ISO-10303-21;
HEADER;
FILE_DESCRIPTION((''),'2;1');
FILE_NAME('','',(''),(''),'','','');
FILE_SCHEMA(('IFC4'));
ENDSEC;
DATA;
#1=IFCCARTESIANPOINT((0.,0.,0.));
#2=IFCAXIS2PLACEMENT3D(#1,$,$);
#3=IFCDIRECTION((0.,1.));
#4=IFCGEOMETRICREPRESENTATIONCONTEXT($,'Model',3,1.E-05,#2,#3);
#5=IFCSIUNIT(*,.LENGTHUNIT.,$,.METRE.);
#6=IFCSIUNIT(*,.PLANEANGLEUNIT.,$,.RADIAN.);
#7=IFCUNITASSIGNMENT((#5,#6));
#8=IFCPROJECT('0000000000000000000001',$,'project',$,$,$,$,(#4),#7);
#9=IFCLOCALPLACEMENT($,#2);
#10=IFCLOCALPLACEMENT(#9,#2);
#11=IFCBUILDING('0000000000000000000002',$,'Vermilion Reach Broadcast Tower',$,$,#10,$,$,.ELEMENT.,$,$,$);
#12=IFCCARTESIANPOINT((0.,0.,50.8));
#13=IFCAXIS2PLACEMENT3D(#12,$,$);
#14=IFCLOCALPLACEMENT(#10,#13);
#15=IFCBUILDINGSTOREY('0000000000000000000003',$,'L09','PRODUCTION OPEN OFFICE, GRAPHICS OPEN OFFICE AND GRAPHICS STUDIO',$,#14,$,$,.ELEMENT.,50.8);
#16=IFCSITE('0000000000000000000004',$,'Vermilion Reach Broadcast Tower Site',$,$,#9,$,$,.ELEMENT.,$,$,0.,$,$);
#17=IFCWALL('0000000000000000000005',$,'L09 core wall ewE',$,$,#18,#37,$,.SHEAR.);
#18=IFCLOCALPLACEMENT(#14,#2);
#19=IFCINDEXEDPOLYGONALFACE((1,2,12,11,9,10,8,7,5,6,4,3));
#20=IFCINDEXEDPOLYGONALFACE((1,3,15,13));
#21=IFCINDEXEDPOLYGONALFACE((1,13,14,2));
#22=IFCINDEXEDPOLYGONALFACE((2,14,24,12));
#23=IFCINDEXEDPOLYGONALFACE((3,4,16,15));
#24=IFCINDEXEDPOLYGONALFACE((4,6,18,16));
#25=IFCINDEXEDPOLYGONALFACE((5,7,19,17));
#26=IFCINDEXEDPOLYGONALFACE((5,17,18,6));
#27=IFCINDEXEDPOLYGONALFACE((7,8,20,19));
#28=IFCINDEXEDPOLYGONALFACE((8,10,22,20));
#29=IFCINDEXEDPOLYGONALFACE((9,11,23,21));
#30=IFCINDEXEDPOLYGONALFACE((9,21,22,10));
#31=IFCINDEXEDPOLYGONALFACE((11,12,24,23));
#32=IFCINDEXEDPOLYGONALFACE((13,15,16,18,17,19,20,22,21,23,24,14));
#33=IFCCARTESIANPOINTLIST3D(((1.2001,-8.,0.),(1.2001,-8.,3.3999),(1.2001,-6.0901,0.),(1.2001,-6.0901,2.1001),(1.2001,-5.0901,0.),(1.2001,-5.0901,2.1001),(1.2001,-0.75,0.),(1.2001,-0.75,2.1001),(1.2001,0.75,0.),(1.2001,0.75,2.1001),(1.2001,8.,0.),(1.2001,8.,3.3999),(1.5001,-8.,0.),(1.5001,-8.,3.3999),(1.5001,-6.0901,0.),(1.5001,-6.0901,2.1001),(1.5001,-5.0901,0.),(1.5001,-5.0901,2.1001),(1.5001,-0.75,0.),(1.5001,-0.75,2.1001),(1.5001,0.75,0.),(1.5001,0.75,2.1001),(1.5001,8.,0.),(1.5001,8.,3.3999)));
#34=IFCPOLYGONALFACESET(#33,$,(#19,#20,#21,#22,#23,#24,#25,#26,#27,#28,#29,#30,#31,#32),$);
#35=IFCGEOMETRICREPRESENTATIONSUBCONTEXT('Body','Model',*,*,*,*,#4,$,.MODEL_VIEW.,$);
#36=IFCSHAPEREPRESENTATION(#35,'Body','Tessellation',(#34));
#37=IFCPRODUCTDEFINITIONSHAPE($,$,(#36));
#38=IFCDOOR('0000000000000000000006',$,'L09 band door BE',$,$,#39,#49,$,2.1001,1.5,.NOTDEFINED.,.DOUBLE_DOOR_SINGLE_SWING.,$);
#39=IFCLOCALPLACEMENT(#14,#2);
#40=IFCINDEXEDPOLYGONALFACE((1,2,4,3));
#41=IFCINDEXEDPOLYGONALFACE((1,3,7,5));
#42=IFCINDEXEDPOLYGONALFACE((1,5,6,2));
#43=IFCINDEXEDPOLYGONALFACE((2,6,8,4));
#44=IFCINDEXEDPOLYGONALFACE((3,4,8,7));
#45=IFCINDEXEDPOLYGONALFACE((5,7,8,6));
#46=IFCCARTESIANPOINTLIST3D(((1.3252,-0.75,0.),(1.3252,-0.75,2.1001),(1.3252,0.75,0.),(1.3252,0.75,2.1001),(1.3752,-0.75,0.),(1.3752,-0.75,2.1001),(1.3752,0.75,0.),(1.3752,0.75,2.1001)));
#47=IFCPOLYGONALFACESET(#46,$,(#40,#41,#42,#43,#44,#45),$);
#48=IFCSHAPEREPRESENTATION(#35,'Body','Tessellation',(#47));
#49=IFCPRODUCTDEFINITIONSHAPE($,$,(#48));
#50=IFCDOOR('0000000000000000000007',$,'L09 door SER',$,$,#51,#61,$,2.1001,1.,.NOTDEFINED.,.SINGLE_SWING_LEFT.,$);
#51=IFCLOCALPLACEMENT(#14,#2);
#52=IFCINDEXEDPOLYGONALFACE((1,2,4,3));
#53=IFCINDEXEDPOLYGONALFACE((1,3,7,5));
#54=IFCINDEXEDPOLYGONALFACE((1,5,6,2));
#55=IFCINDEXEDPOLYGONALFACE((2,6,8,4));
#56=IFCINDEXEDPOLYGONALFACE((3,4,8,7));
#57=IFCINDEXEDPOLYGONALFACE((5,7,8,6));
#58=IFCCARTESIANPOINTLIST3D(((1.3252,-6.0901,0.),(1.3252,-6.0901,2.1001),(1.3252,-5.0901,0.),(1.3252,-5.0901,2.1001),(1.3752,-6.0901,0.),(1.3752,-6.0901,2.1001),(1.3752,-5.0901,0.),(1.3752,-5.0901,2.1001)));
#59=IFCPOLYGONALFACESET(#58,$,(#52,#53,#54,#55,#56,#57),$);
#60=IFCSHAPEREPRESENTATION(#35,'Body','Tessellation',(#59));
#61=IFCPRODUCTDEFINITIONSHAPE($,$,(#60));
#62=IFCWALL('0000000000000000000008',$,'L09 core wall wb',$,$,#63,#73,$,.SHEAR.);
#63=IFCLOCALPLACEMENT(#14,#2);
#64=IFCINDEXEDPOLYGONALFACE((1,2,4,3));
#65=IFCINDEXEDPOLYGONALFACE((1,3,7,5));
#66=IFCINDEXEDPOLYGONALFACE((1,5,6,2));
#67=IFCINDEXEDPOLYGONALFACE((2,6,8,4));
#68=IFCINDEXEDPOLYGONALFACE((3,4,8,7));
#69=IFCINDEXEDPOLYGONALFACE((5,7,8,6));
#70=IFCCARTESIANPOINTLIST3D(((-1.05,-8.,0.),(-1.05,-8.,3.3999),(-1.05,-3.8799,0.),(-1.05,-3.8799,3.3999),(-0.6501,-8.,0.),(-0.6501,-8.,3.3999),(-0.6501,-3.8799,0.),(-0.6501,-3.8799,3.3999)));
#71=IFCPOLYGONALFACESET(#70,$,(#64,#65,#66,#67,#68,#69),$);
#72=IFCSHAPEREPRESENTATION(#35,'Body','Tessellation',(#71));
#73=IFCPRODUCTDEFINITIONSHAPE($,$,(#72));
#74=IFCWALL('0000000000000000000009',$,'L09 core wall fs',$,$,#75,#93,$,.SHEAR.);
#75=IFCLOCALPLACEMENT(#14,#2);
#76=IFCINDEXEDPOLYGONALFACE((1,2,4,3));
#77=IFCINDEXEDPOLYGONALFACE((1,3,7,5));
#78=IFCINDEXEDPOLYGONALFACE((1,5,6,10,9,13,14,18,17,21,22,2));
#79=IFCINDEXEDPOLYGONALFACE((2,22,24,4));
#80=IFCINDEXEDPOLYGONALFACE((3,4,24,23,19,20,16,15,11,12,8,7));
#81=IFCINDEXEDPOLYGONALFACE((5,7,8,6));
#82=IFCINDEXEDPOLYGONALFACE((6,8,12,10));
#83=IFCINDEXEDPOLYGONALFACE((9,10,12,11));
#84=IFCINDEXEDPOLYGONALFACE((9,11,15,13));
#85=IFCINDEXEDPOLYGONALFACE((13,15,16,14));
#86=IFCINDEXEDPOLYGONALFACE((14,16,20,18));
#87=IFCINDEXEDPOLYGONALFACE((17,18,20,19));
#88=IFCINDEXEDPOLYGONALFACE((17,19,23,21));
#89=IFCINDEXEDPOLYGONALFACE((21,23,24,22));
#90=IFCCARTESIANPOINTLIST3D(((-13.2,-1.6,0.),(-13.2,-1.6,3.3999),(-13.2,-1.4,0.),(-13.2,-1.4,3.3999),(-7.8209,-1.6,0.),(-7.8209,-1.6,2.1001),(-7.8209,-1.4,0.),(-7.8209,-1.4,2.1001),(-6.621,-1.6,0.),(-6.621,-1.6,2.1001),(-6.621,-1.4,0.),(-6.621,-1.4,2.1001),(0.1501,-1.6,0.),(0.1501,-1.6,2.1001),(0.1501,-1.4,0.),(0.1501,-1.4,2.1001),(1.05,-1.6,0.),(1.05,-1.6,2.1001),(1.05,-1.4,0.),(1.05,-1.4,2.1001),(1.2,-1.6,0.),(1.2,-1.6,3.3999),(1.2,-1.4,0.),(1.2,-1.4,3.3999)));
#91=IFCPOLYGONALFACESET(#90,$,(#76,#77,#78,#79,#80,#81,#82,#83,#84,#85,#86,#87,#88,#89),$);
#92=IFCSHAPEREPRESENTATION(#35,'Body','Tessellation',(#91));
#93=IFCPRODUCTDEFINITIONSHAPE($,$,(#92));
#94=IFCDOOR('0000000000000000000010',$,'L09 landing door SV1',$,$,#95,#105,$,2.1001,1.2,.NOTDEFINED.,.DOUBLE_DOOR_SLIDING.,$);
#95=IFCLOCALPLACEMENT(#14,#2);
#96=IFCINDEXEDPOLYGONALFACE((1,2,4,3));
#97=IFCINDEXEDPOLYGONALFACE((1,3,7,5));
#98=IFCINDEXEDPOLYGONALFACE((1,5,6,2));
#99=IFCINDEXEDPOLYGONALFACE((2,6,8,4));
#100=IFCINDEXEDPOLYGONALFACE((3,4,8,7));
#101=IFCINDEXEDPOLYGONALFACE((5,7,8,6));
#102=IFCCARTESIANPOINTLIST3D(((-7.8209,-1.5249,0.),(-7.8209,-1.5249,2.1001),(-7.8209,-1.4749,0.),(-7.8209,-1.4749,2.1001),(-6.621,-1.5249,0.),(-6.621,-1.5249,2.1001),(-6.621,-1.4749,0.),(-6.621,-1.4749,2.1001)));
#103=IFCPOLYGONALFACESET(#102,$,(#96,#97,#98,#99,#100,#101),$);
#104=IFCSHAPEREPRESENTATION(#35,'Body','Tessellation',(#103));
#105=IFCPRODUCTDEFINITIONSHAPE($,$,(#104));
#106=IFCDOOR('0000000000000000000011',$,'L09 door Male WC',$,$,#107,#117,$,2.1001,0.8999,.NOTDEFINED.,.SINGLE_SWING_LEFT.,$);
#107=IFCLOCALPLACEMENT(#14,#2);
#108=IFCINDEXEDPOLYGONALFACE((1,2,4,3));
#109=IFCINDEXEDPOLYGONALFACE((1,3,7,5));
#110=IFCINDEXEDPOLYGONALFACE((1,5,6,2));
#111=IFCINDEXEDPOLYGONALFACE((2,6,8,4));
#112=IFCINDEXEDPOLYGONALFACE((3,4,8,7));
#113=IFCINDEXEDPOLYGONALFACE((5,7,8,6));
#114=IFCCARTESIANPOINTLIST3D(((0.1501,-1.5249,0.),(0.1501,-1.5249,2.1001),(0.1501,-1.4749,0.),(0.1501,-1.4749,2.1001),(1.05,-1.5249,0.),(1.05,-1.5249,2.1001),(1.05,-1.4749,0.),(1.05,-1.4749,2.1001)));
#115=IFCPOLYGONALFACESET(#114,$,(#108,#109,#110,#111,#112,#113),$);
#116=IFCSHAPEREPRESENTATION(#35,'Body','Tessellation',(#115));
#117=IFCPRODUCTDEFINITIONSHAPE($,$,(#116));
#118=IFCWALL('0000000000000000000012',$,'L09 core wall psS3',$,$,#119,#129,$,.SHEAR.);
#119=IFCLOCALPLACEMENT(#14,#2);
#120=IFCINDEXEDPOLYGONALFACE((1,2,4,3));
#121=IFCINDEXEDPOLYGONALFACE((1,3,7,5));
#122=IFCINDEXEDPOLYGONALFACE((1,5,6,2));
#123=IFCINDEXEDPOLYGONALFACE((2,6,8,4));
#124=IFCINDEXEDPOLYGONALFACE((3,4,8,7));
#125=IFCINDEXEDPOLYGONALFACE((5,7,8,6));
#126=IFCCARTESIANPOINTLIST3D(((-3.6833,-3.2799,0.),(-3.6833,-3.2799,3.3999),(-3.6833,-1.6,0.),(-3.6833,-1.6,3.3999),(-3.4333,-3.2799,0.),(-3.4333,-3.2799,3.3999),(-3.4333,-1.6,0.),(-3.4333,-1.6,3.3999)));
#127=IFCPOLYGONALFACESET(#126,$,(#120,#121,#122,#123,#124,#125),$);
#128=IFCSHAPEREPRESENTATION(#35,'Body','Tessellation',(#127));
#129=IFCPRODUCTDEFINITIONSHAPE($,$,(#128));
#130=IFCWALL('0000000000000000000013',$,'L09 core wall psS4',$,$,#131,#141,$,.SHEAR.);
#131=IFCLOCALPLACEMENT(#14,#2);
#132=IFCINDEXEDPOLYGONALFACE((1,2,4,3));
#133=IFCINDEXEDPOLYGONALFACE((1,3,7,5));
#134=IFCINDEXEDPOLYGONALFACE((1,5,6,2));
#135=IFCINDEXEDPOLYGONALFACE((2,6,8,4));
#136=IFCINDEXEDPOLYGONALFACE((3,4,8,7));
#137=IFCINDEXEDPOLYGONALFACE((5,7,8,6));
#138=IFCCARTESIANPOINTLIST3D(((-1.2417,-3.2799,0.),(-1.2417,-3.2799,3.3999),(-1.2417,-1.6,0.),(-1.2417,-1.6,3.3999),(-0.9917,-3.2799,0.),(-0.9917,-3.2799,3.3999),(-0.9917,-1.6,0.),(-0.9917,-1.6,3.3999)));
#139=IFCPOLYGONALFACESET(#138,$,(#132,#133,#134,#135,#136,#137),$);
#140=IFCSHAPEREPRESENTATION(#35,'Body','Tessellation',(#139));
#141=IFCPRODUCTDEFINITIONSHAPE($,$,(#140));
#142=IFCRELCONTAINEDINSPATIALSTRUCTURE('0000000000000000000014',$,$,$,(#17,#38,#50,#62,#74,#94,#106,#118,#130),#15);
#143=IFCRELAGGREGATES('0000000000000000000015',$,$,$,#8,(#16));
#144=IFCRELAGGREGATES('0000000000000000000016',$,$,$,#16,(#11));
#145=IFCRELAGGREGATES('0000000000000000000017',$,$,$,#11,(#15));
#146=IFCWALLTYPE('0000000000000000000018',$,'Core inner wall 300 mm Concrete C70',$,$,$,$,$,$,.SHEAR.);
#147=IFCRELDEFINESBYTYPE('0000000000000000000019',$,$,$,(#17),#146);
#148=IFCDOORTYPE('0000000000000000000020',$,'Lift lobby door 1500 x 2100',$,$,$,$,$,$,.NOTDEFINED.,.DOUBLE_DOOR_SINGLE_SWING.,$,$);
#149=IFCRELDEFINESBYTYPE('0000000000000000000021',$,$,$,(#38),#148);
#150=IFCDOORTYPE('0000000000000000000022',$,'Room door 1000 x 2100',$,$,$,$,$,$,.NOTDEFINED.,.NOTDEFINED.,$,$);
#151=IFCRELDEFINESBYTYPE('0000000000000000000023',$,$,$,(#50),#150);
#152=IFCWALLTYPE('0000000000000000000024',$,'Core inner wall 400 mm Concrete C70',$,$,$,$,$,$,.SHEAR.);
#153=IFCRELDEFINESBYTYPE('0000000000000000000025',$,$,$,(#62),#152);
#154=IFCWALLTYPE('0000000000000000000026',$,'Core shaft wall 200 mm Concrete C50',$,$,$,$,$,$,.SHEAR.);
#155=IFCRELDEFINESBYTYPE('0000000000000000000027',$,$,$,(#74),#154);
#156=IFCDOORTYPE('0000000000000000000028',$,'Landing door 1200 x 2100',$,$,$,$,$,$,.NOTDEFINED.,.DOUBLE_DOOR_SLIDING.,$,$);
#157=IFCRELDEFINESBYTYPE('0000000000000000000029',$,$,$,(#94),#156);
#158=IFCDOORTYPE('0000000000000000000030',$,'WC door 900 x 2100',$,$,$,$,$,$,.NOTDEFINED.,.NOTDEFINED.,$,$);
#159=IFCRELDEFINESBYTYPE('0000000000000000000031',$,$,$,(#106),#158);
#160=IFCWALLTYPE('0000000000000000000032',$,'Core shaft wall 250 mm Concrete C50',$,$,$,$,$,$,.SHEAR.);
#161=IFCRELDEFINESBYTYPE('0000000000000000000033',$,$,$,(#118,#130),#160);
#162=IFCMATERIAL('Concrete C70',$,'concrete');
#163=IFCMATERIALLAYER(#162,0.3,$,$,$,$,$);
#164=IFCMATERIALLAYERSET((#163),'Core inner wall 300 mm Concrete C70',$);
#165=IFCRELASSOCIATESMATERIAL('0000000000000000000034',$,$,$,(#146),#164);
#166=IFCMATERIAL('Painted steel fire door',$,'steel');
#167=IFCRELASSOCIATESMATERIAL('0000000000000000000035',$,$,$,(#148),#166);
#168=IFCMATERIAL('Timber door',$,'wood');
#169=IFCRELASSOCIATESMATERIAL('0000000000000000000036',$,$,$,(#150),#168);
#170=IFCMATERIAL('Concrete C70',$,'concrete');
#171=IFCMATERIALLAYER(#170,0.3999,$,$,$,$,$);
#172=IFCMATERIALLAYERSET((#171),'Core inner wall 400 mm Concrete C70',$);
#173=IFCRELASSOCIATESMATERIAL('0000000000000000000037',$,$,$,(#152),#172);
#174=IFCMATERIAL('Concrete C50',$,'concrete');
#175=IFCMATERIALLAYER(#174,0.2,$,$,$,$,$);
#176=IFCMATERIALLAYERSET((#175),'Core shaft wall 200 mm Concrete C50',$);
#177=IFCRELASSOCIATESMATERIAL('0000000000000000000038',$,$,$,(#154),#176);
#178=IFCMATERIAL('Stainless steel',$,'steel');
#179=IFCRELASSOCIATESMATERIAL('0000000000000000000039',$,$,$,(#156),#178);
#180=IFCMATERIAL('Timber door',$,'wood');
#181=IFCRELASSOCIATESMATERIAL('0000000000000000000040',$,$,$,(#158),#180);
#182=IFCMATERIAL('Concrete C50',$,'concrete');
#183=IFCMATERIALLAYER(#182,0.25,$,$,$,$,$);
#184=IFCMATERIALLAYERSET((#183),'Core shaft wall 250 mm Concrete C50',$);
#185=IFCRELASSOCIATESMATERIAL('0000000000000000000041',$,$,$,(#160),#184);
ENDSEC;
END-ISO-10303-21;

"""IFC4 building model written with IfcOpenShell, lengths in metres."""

from ifc_helpers import new_model, si_unit, direction, frame, frame_2d, origin, place, context, subcontext, project, spatial, rectangle, extrude, material, layer, layer_set, type_object, element, fill, save


model = new_model("IFC4")

# Units and contexts
model_context = context("Model", 3, precision=1e-05, world=origin(), true_north=direction((0.0, 1.0)))
body_context = subcontext(model_context, "Body", "Model", "MODEL_VIEW")
ifc_project = project(units=[si_unit("LENGTHUNIT", "METRE"), si_unit("PLANEANGLEUNIT", "RADIAN")], contexts=[model_context])

# Site, building, storey
site_placement = place(None, origin())
site = spatial("IfcSite", under=ifc_project, at=site_placement, Name="Vermilion Reach Broadcast Tower Site", CompositionType="ELEMENT", RefElevation=0.0)
building_placement = place(site_placement, origin())
building = spatial("IfcBuilding", under=site, at=building_placement, Name="Vermilion Reach Broadcast Tower", CompositionType="ELEMENT")
storey_placement = place(building_placement, frame((0.0, 0.0, 50.8)))
storey = spatial("IfcBuildingStorey", under=building, at=storey_placement, Name="L09", Description="PRODUCTION OPEN OFFICE, GRAPHICS OPEN OFFICE AND GRAPHICS STUDIO", CompositionType="ELEMENT", Elevation=50.8)

# Wall, openings, doors
ifc_material_1 = material(Name="Concrete C70", Category="concrete")
ifc_layer_1 = layer(ifc_material_1, 0.3)
ifc_layer_set_1 = layer_set([ifc_layer_1], Name="Core inner wall 300 mm Concrete C70")
wall_type_1 = type_object("IfcWallType", Name="Core inner wall 300 mm Concrete C70", PredefinedType="SHEAR", material=ifc_layer_set_1)
wall_1_placement = place(storey_placement, frame((1.3501, -8.0, 0.0), z_axis=(0.0, 0.0, 1.0), x_axis=(0.0, 1.0, 0.0)))
wall_1 = element("IfcWall", 1, at=wall_1_placement, inside=storey, type_object=wall_type_1, Name="L09 core wall ewE", PredefinedType="SHEAR", context=body_context, shape_type="SweptSolid", body=[
    extrude(rectangle(XDim=16.0, YDim=0.3, at=frame_2d((8.0, 0.0))), origin(), (0.0, 0.0, 1.0), 3.3999),
])
opening_1_placement = place(wall_1_placement, frame((1.9099, 0.0, 0.0)))
opening_1 = element("IfcOpeningElement", 2, at=opening_1_placement, cuts=wall_1, PredefinedType="OPENING", context=body_context, shape_type="SweptSolid", body=[
    extrude(rectangle(XDim=1.0, YDim=2.1001, at=frame_2d((0.5, 1.05))), frame((0.0, 0.1599, 0.0), z_axis=(0.0, -1.0, 0.0), x_axis=(1.0, 0.0, 0.0)), (0.0, 0.0, 1.0), 0.3201),
])
opening_2_placement = place(wall_1_placement, frame((7.25, 0.0, 0.0)))
opening_2 = element("IfcOpeningElement", 3, at=opening_2_placement, cuts=wall_1, PredefinedType="OPENING", context=body_context, shape_type="SweptSolid", body=[
    extrude(rectangle(XDim=1.5, YDim=2.1001, at=frame_2d((0.75, 1.05))), frame((0.0, 0.1599, 0.0), z_axis=(0.0, -1.0, 0.0), x_axis=(1.0, 0.0, 0.0)), (0.0, 0.0, 1.0), 0.3201),
])
ifc_material_2 = material(Name="Painted steel fire door", Category="steel")
door_type_1 = type_object("IfcDoorType", Name="Lift lobby door 1500 x 2100", OperationType="DOUBLE_DOOR_SINGLE_SWING", PredefinedType="NOTDEFINED", material=ifc_material_2)
door_1_placement = place(opening_2_placement, origin())
door_1 = element("IfcDoor", 4, at=door_1_placement, inside=storey, type_object=door_type_1, Name="L09 band door BE", OperationType="DOUBLE_DOOR_SINGLE_SWING", OverallHeight=2.1001, OverallWidth=1.5, PredefinedType="NOTDEFINED", context=body_context, shape_type="SweptSolid", body=[
    extrude(rectangle(XDim=1.5, YDim=2.1001, at=frame_2d((0.75, 1.05))), frame((0.0, 0.0249, 0.0), z_axis=(0.0, -1.0, 0.0), x_axis=(1.0, 0.0, 0.0)), (0.0, 0.0, 1.0), 0.05),
])
fill(opening_2, door_1)
ifc_material_3 = material(Name="Timber door", Category="wood")
door_type_2 = type_object("IfcDoorType", Name="Room door 1000 x 2100", OperationType="NOTDEFINED", PredefinedType="NOTDEFINED", material=ifc_material_3)
door_2_placement = place(opening_1_placement, origin())
door_2 = element("IfcDoor", 5, at=door_2_placement, inside=storey, type_object=door_type_2, Name="L09 door SER", OperationType="SINGLE_SWING_LEFT", OverallHeight=2.1001, OverallWidth=1.0, PredefinedType="NOTDEFINED", context=body_context, shape_type="SweptSolid", body=[
    extrude(rectangle(XDim=1.0, YDim=2.1001, at=frame_2d((0.5, 1.05))), frame((0.0, 0.0249, 0.0), z_axis=(0.0, -1.0, 0.0), x_axis=(1.0, 0.0, 0.0)), (0.0, 0.0, 1.0), 0.05),
])
fill(opening_1, door_2)

# Wall
ifc_material_4 = material(Name="Concrete C70", Category="concrete")
ifc_layer_2 = layer(ifc_material_4, 0.3999)
ifc_layer_set_2 = layer_set([ifc_layer_2], Name="Core inner wall 400 mm Concrete C70")
wall_type_2 = type_object("IfcWallType", Name="Core inner wall 400 mm Concrete C70", PredefinedType="SHEAR", material=ifc_layer_set_2)
wall_2_placement = place(storey_placement, frame((-0.8501, -3.8799, 0.0), z_axis=(0.0, 0.0, 1.0), x_axis=(0.0, -1.0, 0.0)))
element("IfcWall", 6, at=wall_2_placement, inside=storey, type_object=wall_type_2, Name="L09 core wall wb", PredefinedType="SHEAR", context=body_context, shape_type="SweptSolid", body=[
    extrude(rectangle(XDim=4.1201, YDim=0.3999, at=frame_2d((2.0601, 0.0))), origin(), (0.0, 0.0, 1.0), 3.3999),
])

# Wall, openings, doors
ifc_material_5 = material(Name="Concrete C50", Category="concrete")
ifc_layer_3 = layer(ifc_material_5, 0.2)
ifc_layer_set_3 = layer_set([ifc_layer_3], Name="Core shaft wall 200 mm Concrete C50")
wall_type_3 = type_object("IfcWallType", Name="Core shaft wall 200 mm Concrete C50", PredefinedType="SHEAR", material=ifc_layer_set_3)
wall_3_placement = place(storey_placement, frame((1.2, -1.5, 0.0), z_axis=(0.0, 0.0, 1.0), x_axis=(-1.0, 0.0, 0.0)))
wall_3 = element("IfcWall", 7, at=wall_3_placement, inside=storey, type_object=wall_type_3, Name="L09 core wall fs", PredefinedType="SHEAR", context=body_context, shape_type="SweptSolid", body=[
    extrude(rectangle(XDim=14.3999, YDim=0.2, at=frame_2d((7.2, 0.0))), origin(), (0.0, 0.0, 1.0), 3.3999),
])
opening_3_placement = place(wall_3_placement, frame((7.8208, 0.0, 0.0)))
opening_3 = element("IfcOpeningElement", 8, at=opening_3_placement, cuts=wall_3, PredefinedType="OPENING", context=body_context, shape_type="SweptSolid", body=[
    extrude(rectangle(XDim=1.2, YDim=2.1001, at=frame_2d((0.6001, 1.05))), frame((0.0, 0.1099, 0.0), z_axis=(0.0, -1.0, 0.0), x_axis=(1.0, 0.0, 0.0)), (0.0, 0.0, 1.0), 0.22),
])
opening_4_placement = place(wall_3_placement, frame((0.1499, 0.0, 0.0)))
opening_4 = element("IfcOpeningElement", 9, at=opening_4_placement, cuts=wall_3, PredefinedType="OPENING", context=body_context, shape_type="SweptSolid", body=[
    extrude(rectangle(XDim=0.8999, YDim=2.1001, at=frame_2d((0.45, 1.05))), frame((0.0, 0.1099, 0.0), z_axis=(0.0, -1.0, 0.0), x_axis=(1.0, 0.0, 0.0)), (0.0, 0.0, 1.0), 0.22),
])
ifc_material_6 = material(Name="Stainless steel", Category="steel")
door_type_3 = type_object("IfcDoorType", Name="Landing door 1200 x 2100", OperationType="DOUBLE_DOOR_SLIDING", PredefinedType="NOTDEFINED", material=ifc_material_6)
door_3_placement = place(opening_3_placement, origin())
door_3 = element("IfcDoor", 10, at=door_3_placement, inside=storey, type_object=door_type_3, Name="L09 landing door SV1", OperationType="DOUBLE_DOOR_SLIDING", OverallHeight=2.1001, OverallWidth=1.2, PredefinedType="NOTDEFINED", context=body_context, shape_type="SweptSolid", body=[
    extrude(rectangle(XDim=1.2, YDim=2.1001, at=frame_2d((0.6001, 1.05))), frame((0.0, 0.0249, 0.0), z_axis=(0.0, -1.0, 0.0), x_axis=(1.0, 0.0, 0.0)), (0.0, 0.0, 1.0), 0.05),
])
fill(opening_3, door_3)
ifc_material_7 = material(Name="Timber door", Category="wood")
door_type_4 = type_object("IfcDoorType", Name="WC door 900 x 2100", OperationType="NOTDEFINED", PredefinedType="NOTDEFINED", material=ifc_material_7)
door_4_placement = place(opening_4_placement, origin())
door_4 = element("IfcDoor", 11, at=door_4_placement, inside=storey, type_object=door_type_4, Name="L09 door Male WC", OperationType="SINGLE_SWING_LEFT", OverallHeight=2.1001, OverallWidth=0.8999, PredefinedType="NOTDEFINED", context=body_context, shape_type="SweptSolid", body=[
    extrude(rectangle(XDim=0.8999, YDim=2.1001, at=frame_2d((0.45, 1.05))), frame((0.0, 0.0249, 0.0), z_axis=(0.0, -1.0, 0.0), x_axis=(1.0, 0.0, 0.0)), (0.0, 0.0, 1.0), 0.05),
])
fill(opening_4, door_4)

# Walls
ifc_material_8 = material(Name="Concrete C50", Category="concrete")
ifc_layer_4 = layer(ifc_material_8, 0.25)
ifc_layer_set_4 = layer_set([ifc_layer_4], Name="Core shaft wall 250 mm Concrete C50")
wall_type_4 = type_object("IfcWallType", Name="Core shaft wall 250 mm Concrete C50", PredefinedType="SHEAR", material=ifc_layer_set_4)
for number, where, z_axis, x_axis, name in (
    (12, (-3.5583, -1.6001, 0.0), (0.0, 0.0, 1.0), (0.0, -1.0, 0.0), "L09 core wall psS3"),
    (13, (-1.1167, -1.6001, 0.0), (0.0, 0.0, 1.0), (0.0, -1.0, 0.0), "L09 core wall psS4"),
):
    element("IfcWall", number, at=place(storey_placement, frame(where, z_axis=z_axis, x_axis=x_axis)), inside=storey, type_object=wall_type_4, Name=name, PredefinedType="SHEAR", context=body_context, shape_type="SweptSolid", body=[
        extrude(rectangle(XDim=1.6799, YDim=0.25, at=frame_2d((0.8398, 0.0))), origin(), (0.0, 0.0, 1.0), 3.3999),
    ])

save(model, "model.ifc")
